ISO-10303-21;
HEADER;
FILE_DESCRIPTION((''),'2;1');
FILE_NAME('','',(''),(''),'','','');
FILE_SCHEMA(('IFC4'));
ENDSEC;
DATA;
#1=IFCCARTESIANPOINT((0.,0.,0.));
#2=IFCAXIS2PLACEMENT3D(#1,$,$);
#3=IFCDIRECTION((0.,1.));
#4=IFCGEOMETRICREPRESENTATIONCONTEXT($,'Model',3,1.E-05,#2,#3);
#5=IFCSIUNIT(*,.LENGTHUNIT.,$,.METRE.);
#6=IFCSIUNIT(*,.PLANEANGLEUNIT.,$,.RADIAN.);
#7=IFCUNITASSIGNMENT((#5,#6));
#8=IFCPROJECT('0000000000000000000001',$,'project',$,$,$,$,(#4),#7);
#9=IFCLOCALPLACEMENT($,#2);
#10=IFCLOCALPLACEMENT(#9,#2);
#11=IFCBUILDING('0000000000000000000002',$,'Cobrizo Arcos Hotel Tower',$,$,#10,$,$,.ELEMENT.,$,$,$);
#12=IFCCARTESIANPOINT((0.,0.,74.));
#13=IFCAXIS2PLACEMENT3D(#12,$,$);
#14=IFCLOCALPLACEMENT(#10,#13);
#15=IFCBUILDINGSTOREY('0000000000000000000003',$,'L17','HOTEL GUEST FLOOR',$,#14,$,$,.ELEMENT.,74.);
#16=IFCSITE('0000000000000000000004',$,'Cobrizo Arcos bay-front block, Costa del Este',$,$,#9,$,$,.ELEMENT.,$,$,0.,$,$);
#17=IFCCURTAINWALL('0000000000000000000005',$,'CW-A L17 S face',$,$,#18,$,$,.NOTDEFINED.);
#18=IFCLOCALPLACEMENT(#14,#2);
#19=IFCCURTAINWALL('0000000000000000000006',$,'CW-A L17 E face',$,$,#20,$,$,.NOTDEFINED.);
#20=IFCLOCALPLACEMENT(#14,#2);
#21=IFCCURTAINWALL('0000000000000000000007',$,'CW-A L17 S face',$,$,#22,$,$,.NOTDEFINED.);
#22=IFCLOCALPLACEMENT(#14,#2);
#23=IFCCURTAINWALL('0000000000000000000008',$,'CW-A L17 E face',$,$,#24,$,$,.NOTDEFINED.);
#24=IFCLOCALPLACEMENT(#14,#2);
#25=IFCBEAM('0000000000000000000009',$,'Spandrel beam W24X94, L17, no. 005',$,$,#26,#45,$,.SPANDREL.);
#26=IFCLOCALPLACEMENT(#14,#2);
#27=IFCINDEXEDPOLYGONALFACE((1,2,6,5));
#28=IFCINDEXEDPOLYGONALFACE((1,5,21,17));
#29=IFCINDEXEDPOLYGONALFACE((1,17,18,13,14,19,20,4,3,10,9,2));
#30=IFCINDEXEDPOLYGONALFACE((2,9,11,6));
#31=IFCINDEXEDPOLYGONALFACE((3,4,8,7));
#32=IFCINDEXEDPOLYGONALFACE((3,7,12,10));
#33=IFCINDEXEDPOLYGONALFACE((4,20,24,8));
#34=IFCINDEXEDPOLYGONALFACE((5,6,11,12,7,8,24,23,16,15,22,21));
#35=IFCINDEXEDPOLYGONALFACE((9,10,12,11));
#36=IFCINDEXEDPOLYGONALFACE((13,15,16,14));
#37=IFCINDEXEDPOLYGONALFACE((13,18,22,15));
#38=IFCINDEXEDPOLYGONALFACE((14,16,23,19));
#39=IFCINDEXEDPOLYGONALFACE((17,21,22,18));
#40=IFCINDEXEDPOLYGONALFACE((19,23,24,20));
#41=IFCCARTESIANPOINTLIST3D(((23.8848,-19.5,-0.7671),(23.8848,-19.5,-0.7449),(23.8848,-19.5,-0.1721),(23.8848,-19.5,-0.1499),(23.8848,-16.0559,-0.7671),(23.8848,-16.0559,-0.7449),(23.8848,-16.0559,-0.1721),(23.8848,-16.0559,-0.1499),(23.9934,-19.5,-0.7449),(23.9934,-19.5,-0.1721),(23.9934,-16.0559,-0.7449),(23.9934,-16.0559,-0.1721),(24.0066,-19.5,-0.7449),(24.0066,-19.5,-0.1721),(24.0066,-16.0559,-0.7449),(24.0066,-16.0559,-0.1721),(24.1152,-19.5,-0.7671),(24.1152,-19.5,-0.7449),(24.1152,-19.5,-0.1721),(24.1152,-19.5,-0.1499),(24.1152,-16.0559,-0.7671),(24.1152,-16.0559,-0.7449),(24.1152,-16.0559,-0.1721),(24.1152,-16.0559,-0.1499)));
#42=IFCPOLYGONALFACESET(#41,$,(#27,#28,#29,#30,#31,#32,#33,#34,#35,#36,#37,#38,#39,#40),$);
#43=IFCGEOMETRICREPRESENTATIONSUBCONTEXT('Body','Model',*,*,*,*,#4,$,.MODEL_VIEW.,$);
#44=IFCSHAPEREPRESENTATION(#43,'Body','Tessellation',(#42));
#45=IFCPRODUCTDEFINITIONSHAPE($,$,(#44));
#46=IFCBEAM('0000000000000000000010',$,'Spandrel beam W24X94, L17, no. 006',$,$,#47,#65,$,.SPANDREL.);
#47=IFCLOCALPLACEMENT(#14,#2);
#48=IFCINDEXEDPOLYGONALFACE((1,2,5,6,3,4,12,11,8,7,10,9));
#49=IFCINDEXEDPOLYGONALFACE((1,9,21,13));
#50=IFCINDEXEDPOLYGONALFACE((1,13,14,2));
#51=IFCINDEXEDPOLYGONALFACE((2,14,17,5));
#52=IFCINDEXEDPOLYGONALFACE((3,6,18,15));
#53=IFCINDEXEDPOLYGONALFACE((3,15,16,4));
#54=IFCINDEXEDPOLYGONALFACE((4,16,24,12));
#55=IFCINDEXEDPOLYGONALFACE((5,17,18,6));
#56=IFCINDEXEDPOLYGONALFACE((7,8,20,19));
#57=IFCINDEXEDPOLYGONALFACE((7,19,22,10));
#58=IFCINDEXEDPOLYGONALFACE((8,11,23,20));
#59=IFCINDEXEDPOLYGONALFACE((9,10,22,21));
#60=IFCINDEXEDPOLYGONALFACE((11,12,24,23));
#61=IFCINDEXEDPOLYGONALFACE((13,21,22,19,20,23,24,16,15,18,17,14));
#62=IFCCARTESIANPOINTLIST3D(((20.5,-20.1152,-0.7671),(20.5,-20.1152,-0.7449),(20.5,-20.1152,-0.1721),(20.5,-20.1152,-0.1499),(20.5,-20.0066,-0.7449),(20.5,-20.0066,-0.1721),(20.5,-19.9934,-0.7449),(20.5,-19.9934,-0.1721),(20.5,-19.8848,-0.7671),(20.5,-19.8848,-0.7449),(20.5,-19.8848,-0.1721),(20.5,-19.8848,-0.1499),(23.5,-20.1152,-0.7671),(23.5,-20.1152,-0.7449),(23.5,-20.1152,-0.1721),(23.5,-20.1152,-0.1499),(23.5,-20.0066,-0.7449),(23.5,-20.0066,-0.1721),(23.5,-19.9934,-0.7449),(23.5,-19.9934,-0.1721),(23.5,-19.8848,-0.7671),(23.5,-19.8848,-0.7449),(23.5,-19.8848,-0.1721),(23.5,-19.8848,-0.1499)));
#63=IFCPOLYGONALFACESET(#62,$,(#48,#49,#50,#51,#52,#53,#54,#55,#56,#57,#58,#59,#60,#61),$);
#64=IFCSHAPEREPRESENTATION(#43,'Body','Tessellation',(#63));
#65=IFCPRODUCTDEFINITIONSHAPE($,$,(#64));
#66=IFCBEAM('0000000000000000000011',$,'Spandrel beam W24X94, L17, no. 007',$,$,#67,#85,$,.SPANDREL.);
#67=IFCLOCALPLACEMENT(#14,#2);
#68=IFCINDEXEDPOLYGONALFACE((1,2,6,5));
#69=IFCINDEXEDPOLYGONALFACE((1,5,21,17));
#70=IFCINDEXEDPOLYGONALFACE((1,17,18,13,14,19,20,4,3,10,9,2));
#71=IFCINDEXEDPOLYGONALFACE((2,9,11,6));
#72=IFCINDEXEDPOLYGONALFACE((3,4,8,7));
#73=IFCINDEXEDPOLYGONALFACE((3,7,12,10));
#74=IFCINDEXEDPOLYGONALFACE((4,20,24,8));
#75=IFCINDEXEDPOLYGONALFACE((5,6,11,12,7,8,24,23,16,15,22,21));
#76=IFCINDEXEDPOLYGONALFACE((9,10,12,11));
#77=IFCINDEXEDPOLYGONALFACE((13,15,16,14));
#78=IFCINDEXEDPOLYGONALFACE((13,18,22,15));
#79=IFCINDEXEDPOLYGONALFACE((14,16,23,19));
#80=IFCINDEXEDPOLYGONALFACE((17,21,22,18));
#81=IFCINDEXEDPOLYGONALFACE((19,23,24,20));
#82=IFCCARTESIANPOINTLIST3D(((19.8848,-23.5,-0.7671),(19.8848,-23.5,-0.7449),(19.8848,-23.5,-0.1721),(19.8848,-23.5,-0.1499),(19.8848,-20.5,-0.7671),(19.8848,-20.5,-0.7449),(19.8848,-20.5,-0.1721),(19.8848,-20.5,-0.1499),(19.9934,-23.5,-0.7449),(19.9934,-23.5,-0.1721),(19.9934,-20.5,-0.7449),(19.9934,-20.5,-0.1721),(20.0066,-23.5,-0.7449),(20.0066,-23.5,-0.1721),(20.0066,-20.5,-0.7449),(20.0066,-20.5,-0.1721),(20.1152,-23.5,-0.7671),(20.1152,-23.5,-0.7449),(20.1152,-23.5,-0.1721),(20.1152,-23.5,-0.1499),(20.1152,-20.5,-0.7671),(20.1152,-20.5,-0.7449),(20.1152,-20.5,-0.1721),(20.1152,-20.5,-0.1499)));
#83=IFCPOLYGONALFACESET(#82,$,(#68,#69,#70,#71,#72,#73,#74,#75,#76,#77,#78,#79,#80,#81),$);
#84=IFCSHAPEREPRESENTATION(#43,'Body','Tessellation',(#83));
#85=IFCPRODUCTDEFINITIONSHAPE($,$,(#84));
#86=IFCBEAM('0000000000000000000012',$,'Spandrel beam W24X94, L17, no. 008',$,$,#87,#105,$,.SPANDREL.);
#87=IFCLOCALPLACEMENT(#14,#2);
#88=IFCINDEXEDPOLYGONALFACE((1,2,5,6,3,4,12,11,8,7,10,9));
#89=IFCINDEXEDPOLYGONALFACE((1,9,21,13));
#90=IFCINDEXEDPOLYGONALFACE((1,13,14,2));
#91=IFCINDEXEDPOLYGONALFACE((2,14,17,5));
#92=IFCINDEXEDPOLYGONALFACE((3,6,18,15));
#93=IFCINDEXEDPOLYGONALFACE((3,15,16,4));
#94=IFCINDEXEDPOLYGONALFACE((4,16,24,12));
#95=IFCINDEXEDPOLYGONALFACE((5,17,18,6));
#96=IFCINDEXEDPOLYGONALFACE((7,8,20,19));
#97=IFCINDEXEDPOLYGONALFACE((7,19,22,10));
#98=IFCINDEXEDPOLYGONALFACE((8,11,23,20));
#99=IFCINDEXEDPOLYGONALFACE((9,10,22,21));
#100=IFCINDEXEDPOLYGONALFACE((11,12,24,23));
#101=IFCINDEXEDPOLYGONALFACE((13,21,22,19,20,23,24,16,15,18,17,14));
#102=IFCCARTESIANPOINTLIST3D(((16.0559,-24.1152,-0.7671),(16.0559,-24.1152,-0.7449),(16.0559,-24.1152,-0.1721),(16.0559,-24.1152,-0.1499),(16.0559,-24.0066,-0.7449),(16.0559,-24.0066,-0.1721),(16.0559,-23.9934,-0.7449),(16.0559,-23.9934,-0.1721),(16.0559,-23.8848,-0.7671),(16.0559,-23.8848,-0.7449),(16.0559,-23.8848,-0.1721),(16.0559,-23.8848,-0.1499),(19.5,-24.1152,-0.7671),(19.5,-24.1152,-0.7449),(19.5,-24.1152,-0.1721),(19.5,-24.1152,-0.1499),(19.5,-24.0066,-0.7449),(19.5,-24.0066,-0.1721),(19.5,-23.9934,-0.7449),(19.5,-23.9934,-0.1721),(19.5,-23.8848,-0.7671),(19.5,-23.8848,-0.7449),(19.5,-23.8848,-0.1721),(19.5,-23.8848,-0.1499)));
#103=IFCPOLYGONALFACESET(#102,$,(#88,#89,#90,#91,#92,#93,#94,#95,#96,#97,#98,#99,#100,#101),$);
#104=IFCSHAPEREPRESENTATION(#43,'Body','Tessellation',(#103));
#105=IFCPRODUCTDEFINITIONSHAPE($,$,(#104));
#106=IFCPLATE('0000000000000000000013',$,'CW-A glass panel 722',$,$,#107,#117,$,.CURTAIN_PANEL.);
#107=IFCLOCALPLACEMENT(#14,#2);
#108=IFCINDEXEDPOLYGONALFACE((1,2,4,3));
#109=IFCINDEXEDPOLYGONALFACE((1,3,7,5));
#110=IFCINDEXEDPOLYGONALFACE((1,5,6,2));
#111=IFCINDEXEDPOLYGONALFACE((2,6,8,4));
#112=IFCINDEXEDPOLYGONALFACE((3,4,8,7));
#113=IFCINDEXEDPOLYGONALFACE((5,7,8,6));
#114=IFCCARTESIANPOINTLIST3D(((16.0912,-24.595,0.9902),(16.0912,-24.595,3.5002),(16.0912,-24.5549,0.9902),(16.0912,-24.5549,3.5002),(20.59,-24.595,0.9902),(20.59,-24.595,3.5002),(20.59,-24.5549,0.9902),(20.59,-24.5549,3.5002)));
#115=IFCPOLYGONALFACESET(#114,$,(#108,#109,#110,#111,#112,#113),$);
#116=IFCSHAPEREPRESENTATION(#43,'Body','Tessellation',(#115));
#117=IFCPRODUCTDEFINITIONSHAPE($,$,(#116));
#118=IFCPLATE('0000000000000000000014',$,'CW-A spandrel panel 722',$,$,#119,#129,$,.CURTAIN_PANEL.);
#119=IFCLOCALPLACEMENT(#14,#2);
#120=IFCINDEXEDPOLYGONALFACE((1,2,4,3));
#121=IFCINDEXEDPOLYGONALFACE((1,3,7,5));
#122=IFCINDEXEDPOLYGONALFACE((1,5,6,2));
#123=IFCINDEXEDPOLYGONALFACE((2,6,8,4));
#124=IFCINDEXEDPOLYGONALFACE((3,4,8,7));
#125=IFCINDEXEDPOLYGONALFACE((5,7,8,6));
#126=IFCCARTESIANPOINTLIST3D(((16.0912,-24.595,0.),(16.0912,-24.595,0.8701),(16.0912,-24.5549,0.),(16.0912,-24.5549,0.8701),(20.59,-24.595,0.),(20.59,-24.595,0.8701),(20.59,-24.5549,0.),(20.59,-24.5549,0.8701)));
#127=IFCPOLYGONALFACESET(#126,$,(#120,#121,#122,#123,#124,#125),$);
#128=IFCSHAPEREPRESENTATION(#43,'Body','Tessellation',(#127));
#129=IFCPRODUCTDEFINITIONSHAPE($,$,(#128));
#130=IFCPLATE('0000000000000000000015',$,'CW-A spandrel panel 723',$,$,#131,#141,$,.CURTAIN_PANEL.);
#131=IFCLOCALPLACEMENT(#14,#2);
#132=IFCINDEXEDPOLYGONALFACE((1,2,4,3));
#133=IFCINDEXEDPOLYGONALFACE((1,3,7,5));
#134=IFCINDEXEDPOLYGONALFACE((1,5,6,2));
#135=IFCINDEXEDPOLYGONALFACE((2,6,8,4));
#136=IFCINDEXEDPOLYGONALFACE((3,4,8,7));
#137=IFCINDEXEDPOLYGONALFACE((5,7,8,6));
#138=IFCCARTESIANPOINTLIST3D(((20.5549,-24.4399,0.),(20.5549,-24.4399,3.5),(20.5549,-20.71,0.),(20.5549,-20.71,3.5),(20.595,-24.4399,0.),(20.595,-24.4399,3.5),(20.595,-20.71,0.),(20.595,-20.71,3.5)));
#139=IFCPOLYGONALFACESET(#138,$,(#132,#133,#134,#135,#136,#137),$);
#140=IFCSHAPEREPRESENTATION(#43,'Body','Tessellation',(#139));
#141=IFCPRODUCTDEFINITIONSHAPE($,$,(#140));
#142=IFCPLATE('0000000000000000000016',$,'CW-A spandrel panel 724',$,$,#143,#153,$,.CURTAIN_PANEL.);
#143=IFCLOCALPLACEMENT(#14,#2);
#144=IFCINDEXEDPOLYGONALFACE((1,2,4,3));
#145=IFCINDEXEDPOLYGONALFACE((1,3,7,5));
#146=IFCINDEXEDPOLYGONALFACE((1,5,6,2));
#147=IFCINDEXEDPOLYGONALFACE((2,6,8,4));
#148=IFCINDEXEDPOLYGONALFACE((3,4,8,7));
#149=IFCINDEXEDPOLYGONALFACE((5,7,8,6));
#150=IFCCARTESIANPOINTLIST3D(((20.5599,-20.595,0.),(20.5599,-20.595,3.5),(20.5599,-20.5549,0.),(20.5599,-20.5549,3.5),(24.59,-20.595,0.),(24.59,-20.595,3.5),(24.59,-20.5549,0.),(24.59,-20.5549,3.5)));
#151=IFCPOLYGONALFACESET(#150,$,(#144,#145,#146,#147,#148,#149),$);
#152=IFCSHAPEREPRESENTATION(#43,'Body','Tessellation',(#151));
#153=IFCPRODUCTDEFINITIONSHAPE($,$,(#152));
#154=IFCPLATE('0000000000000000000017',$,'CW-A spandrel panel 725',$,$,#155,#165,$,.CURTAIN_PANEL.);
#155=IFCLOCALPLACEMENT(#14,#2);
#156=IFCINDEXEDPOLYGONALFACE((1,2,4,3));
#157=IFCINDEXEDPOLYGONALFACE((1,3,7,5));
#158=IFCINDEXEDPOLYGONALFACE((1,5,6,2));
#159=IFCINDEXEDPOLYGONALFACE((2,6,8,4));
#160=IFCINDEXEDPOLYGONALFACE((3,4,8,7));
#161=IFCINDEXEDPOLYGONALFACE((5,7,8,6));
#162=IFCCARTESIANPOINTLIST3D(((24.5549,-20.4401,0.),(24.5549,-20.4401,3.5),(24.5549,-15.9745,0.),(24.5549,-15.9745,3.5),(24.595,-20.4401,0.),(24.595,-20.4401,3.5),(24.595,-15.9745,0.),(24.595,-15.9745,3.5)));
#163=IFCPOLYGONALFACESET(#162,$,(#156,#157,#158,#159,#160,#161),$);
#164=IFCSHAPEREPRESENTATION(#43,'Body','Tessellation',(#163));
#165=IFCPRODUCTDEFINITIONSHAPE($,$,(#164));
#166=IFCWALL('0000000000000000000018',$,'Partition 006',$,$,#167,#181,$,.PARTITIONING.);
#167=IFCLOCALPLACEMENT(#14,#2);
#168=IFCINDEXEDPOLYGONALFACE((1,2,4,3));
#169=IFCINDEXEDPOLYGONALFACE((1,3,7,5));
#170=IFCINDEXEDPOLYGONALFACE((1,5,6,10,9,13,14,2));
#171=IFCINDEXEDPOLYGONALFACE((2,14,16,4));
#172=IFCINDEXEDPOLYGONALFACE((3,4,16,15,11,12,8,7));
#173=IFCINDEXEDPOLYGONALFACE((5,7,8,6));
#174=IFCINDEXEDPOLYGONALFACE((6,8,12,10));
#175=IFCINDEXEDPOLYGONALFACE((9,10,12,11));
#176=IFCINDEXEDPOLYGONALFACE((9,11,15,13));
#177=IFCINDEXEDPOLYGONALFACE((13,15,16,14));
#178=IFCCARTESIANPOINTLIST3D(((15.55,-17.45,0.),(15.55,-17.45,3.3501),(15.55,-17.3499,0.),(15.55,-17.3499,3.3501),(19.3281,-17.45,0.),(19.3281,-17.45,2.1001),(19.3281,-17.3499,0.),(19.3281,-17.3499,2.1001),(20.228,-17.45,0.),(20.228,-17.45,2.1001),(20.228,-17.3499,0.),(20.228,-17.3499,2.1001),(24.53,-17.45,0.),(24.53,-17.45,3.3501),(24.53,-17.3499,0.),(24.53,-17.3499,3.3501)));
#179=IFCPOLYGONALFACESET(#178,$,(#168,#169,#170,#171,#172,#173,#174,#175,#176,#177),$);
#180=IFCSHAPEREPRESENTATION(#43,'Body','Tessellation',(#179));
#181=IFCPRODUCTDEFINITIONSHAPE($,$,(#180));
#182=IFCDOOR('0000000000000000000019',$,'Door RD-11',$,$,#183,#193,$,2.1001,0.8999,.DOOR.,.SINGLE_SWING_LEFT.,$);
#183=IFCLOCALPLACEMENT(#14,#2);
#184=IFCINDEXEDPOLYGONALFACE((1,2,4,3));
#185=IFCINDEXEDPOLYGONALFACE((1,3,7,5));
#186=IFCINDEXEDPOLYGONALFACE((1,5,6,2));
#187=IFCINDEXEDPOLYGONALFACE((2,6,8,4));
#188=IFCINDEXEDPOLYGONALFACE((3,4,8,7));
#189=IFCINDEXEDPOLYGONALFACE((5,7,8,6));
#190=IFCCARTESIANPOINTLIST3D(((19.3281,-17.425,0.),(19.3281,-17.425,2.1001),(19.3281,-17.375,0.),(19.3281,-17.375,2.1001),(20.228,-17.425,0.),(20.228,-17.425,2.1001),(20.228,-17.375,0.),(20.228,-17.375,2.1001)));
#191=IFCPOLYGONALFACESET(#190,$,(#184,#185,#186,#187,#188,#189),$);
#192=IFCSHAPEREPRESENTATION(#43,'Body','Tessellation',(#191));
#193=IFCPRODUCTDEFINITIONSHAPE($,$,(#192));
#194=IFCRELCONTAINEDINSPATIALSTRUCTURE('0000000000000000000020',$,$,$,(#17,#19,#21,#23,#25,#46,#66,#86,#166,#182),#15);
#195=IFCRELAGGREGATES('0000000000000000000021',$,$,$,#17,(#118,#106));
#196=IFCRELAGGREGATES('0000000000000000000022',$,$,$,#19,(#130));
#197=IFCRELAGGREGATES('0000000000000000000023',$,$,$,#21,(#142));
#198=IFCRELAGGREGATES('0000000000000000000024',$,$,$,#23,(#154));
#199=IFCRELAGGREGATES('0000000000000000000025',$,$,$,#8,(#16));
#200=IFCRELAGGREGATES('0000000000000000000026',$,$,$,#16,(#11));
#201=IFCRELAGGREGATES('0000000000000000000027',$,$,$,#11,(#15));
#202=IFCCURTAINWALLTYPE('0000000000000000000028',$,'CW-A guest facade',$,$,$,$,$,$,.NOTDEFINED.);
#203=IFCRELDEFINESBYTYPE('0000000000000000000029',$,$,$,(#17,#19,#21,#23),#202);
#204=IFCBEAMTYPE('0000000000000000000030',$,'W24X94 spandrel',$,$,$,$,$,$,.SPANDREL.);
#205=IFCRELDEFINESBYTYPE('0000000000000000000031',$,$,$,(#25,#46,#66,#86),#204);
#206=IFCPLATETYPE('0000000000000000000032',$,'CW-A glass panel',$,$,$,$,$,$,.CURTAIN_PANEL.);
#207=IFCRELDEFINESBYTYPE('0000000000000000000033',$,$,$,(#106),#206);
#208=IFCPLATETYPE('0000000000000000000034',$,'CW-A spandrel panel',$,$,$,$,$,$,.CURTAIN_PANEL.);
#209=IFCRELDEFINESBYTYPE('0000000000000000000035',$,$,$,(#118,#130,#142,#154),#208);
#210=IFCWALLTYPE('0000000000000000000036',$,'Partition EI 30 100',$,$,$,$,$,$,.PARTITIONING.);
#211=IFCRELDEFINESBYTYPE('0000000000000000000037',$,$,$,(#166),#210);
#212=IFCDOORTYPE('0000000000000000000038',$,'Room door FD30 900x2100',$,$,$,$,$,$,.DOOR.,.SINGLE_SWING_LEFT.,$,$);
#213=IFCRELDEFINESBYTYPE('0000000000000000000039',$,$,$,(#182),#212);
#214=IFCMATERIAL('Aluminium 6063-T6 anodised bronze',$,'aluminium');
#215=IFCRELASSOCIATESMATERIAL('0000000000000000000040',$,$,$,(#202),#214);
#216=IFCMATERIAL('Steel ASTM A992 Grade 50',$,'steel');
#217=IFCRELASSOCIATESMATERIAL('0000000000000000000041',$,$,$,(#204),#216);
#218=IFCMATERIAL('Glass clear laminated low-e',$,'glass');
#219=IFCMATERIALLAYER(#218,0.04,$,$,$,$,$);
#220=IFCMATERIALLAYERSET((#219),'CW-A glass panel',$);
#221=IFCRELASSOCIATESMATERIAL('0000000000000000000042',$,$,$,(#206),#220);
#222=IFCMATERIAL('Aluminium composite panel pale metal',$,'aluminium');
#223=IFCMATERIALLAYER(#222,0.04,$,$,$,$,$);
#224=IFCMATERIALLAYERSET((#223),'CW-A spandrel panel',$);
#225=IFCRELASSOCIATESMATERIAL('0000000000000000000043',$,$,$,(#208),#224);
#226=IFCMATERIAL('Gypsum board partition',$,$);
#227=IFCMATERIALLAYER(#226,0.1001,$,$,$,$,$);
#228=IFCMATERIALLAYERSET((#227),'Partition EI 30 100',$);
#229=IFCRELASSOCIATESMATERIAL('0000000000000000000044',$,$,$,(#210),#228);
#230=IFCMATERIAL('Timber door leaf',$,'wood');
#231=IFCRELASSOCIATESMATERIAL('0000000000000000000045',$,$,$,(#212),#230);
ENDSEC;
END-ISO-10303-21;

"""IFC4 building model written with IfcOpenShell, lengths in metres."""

from ifc_helpers import new_model, si_unit, direction, frame, frame_2d, origin, origin_2d, place, context, subcontext, project, spatial, rectangle, i_section, extrude, material, layer, layer_set, material_profile, profile_set, type_object, element, fill, aggregate, save


model = new_model("IFC4")

# Units and contexts
model_context = context("Model", 3, precision=1e-05, world=origin(), true_north=direction((0.0, 1.0)))
body_context = subcontext(model_context, "Body", "Model", "MODEL_VIEW")
ifc_project = project(units=[si_unit("LENGTHUNIT", "METRE"), si_unit("PLANEANGLEUNIT", "RADIAN")], contexts=[model_context])

# Site, building, storey
site_placement = place(None, origin())
site = spatial("IfcSite", under=ifc_project, at=site_placement, Name="Cobrizo Arcos bay-front block, Costa del Este", CompositionType="ELEMENT", RefElevation=0.0)
building_placement = place(site_placement, origin())
building = spatial("IfcBuilding", under=site, at=building_placement, Name="Cobrizo Arcos Hotel Tower", CompositionType="ELEMENT")
storey_placement = place(building_placement, frame((0.0, 0.0, 74.0)))
storey = spatial("IfcBuildingStorey", under=building, at=storey_placement, Name="L17", Description="HOTEL GUEST FLOOR", CompositionType="ELEMENT", Elevation=74.0)

# Curtain walls
ifc_material_1 = material(Name="Aluminium 6063-T6 anodised bronze", Category="aluminium")
curtain_wall_type = type_object("IfcCurtainWallType", Name="CW-A guest facade", PredefinedType="NOTDEFINED", material=ifc_material_1)
curtain_wall_1_placement = place(storey_placement, origin())
curtain_wall_1 = element("IfcCurtainWall", 1, at=curtain_wall_1_placement, inside=storey, type_object=curtain_wall_type, Name="CW-A L17 S face", PredefinedType="NOTDEFINED")
curtain_wall_2_placement = place(storey_placement, origin())
curtain_wall_2 = element("IfcCurtainWall", 2, at=curtain_wall_2_placement, inside=storey, type_object=curtain_wall_type, Name="CW-A L17 E face", PredefinedType="NOTDEFINED")
curtain_wall_3_placement = place(storey_placement, origin())
curtain_wall_3 = element("IfcCurtainWall", 3, at=curtain_wall_3_placement, inside=storey, type_object=curtain_wall_type, Name="CW-A L17 S face", PredefinedType="NOTDEFINED")

# Curtain wall
curtain_wall_4_placement = place(storey_placement, origin())
curtain_wall_4 = element("IfcCurtainWall", 4, at=curtain_wall_4_placement, inside=storey, type_object=curtain_wall_type, Name="CW-A L17 E face", PredefinedType="NOTDEFINED")

# Beams
ifc_material_2 = material(Name="Steel ASTM A992 Grade 50", Category="steel")
ifc_material_profile_1 = material_profile(ifc_material_2, i_section(OverallWidth=0.2305, OverallDepth=0.6172, WebThickness=0.0132, FlangeThickness=0.0222, at=origin_2d()), Name="W24X94")
ifc_profile_set_1 = profile_set([ifc_material_profile_1], Name="Steel ASTM A992 Grade 50")
beam_type_1 = type_object("IfcBeamType", Name="W24X94 spandrel", PredefinedType="SPANDREL", material=ifc_profile_set_1)
beam_1_placement = place(storey_placement, frame((24.0, -16.0559, -0.4585), z_axis=(0.0, -1.0, 0.0), x_axis=(1.0, 0.0, 0.0)))
element("IfcBeam", 5, at=beam_1_placement, inside=storey, type_object=beam_type_1, Name="Spandrel beam W24X94, L17, no. 005", PredefinedType="SPANDREL", context=body_context, shape_type="SweptSolid", body=[
    extrude(i_section(OverallWidth=0.2305, OverallDepth=0.6172, WebThickness=0.0132, FlangeThickness=0.0222, at=origin_2d()), origin(), (0.0, 0.0, 1.0), 3.4441),
])
for number, where, z_axis, x_axis, name in (
    (6, (23.5, -20.0, -0.4585), (-1.0, 0.0, 0.0), (0.0, -1.0, 0.0), "Spandrel beam W24X94, L17, no. 006"),
    (7, (20.0, -20.5, -0.4585), (0.0, -1.0, 0.0), (1.0, 0.0, 0.0), "Spandrel beam W24X94, L17, no. 007"),
):
    element("IfcBeam", number, at=place(storey_placement, frame(where, z_axis=z_axis, x_axis=x_axis)), inside=storey, type_object=beam_type_1, Name=name, PredefinedType="SPANDREL", context=body_context, shape_type="SweptSolid", body=[
        extrude(i_section(OverallWidth=0.2305, OverallDepth=0.6172, WebThickness=0.0132, FlangeThickness=0.0222, at=origin_2d()), origin(), (0.0, 0.0, 1.0), 3.0),
    ])
beam_2_placement = place(storey_placement, frame((19.5, -24.0, -0.4585), z_axis=(-1.0, 0.0, 0.0), x_axis=(0.0, -1.0, 0.0)))
element("IfcBeam", 8, at=beam_2_placement, inside=storey, type_object=beam_type_1, Name="Spandrel beam W24X94, L17, no. 008", PredefinedType="SPANDREL", context=body_context, shape_type="SweptSolid", body=[
    extrude(i_section(OverallWidth=0.2305, OverallDepth=0.6172, WebThickness=0.0132, FlangeThickness=0.0222, at=origin_2d()), origin(), (0.0, 0.0, 1.0), 3.4441),
])

# Plates
ifc_material_3 = material(Name="Glass clear laminated low-e", Category="glass")
ifc_layer_1 = layer(ifc_material_3, 0.04)
ifc_layer_set_1 = layer_set([ifc_layer_1], Name="CW-A glass panel")
plate_type_1 = type_object("IfcPlateType", Name="CW-A glass panel", PredefinedType="CURTAIN_PANEL", material=ifc_layer_set_1)
plate_1_placement = place(storey_placement, frame((18.3406, -24.575, 0.9902), z_axis=(0.0, 0.0, 1.0), x_axis=(1.0, 0.0, 0.0)))
plate_1 = element("IfcPlate", 9, at=plate_1_placement, type_object=plate_type_1, Name="CW-A glass panel 722", PredefinedType="CURTAIN_PANEL", context=body_context, shape_type="SweptSolid", body=[
    extrude(rectangle(XDim=4.4988, YDim=0.04, at=origin_2d()), origin(), (0.0, 0.0, 1.0), 2.51),
])
ifc_material_4 = material(Name="Aluminium composite panel pale metal", Category="aluminium")
ifc_layer_2 = layer(ifc_material_4, 0.04)
ifc_layer_set_2 = layer_set([ifc_layer_2], Name="CW-A spandrel panel")
plate_type_2 = type_object("IfcPlateType", Name="CW-A spandrel panel", PredefinedType="CURTAIN_PANEL", material=ifc_layer_set_2)
plate_2_placement = place(storey_placement, frame((18.3406, -24.575, 0.0), z_axis=(0.0, 0.0, 1.0), x_axis=(1.0, 0.0, 0.0)))
plate_2 = element("IfcPlate", 10, at=plate_2_placement, type_object=plate_type_2, Name="CW-A spandrel panel 722", PredefinedType="CURTAIN_PANEL", context=body_context, shape_type="SweptSolid", body=[
    extrude(rectangle(XDim=4.4988, YDim=0.04, at=origin_2d()), origin(), (0.0, 0.0, 1.0), 0.8701),
])
aggregate(curtain_wall_1, [plate_2, plate_1])
plate_3_placement = place(storey_placement, frame((20.575, -22.575, 0.0), z_axis=(0.0, 0.0, 1.0), x_axis=(0.0, 1.0, 0.0)))
plate_3 = element("IfcPlate", 11, at=plate_3_placement, type_object=plate_type_2, Name="CW-A spandrel panel 723", PredefinedType="CURTAIN_PANEL", context=body_context, shape_type="SweptSolid", body=[
    extrude(rectangle(XDim=3.73, YDim=0.04, at=origin_2d()), origin(), (0.0, 0.0, 1.0), 3.5),
])
aggregate(curtain_wall_2, [plate_3])
plate_4_placement = place(storey_placement, frame((22.575, -20.575, 0.0), z_axis=(0.0, 0.0, 1.0), x_axis=(1.0, 0.0, 0.0)))
plate_4 = element("IfcPlate", 12, at=plate_4_placement, type_object=plate_type_2, Name="CW-A spandrel panel 724", PredefinedType="CURTAIN_PANEL", context=body_context, shape_type="SweptSolid", body=[
    extrude(rectangle(XDim=4.03, YDim=0.04, at=origin_2d()), origin(), (0.0, 0.0, 1.0), 3.5),
])
aggregate(curtain_wall_3, [plate_4])
plate_5_placement = place(storey_placement, frame((24.575, -18.2073, 0.0), z_axis=(0.0, 0.0, 1.0), x_axis=(0.0, 1.0, 0.0)))
plate_5 = element("IfcPlate", 13, at=plate_5_placement, type_object=plate_type_2, Name="CW-A spandrel panel 725", PredefinedType="CURTAIN_PANEL", context=body_context, shape_type="SweptSolid", body=[
    extrude(rectangle(XDim=4.4656, YDim=0.04, at=origin_2d()), origin(), (0.0, 0.0, 1.0), 3.5),
])
aggregate(curtain_wall_4, [plate_5])

# Wall, opening, door
ifc_material_5 = material(Name="Gypsum board partition")
ifc_layer_3 = layer(ifc_material_5, 0.1001)
ifc_layer_set_3 = layer_set([ifc_layer_3], Name="Partition EI 30 100")
wall_type = type_object("IfcWallType", Name="Partition EI 30 100", PredefinedType="PARTITIONING", material=ifc_layer_set_3)
wall_1_placement = place(storey_placement, frame((15.55, -17.3999, 0.0), z_axis=(0.0, 0.0, 1.0), x_axis=(1.0, 0.0, 0.0)))
wall_1 = element("IfcWall", 14, at=wall_1_placement, inside=storey, type_object=wall_type, Name="Partition 006", PredefinedType="PARTITIONING", context=body_context, shape_type="SweptSolid", body=[
    extrude(rectangle(XDim=8.98, YDim=0.1001, at=frame_2d((4.49, 0.0))), origin(), (0.0, 0.0, 1.0), 3.3501),
])
opening_1_placement = place(wall_1_placement, frame((3.7781, 0.0, 0.0)))
opening_1 = element("IfcOpeningElement", 15, at=opening_1_placement, cuts=wall_1, PredefinedType="OPENING", context=body_context, shape_type="SweptSolid", body=[
    extrude(rectangle(XDim=0.8999, YDim=2.1001, at=frame_2d((0.45, 1.05))), frame((0.0, 0.062, 0.0), z_axis=(0.0, -1.0, 0.0), x_axis=(1.0, 0.0, 0.0)), (0.0, 0.0, 1.0), 0.124),
])
ifc_material_6 = material(Name="Timber door leaf", Category="wood")
door_type_1 = type_object("IfcDoorType", Name="Room door FD30 900x2100", OperationType="SINGLE_SWING_LEFT", PredefinedType="DOOR", material=ifc_material_6)
door_1_placement = place(opening_1_placement, origin())
door_1 = element("IfcDoor", 16, at=door_1_placement, inside=storey, type_object=door_type_1, Name="Door RD-11", OperationType="SINGLE_SWING_LEFT", OverallHeight=2.1001, OverallWidth=0.8999, PredefinedType="DOOR", context=body_context, shape_type="SweptSolid", body=[
    extrude(rectangle(XDim=0.8999, YDim=2.1001, at=frame_2d((0.45, 1.05))), frame((0.0, 0.0249, 0.0), z_axis=(0.0, -1.0, 0.0), x_axis=(1.0, 0.0, 0.0)), (0.0, 0.0, 1.0), 0.05),
])
fill(opening_1, door_1)

save(model, "model.ifc")
